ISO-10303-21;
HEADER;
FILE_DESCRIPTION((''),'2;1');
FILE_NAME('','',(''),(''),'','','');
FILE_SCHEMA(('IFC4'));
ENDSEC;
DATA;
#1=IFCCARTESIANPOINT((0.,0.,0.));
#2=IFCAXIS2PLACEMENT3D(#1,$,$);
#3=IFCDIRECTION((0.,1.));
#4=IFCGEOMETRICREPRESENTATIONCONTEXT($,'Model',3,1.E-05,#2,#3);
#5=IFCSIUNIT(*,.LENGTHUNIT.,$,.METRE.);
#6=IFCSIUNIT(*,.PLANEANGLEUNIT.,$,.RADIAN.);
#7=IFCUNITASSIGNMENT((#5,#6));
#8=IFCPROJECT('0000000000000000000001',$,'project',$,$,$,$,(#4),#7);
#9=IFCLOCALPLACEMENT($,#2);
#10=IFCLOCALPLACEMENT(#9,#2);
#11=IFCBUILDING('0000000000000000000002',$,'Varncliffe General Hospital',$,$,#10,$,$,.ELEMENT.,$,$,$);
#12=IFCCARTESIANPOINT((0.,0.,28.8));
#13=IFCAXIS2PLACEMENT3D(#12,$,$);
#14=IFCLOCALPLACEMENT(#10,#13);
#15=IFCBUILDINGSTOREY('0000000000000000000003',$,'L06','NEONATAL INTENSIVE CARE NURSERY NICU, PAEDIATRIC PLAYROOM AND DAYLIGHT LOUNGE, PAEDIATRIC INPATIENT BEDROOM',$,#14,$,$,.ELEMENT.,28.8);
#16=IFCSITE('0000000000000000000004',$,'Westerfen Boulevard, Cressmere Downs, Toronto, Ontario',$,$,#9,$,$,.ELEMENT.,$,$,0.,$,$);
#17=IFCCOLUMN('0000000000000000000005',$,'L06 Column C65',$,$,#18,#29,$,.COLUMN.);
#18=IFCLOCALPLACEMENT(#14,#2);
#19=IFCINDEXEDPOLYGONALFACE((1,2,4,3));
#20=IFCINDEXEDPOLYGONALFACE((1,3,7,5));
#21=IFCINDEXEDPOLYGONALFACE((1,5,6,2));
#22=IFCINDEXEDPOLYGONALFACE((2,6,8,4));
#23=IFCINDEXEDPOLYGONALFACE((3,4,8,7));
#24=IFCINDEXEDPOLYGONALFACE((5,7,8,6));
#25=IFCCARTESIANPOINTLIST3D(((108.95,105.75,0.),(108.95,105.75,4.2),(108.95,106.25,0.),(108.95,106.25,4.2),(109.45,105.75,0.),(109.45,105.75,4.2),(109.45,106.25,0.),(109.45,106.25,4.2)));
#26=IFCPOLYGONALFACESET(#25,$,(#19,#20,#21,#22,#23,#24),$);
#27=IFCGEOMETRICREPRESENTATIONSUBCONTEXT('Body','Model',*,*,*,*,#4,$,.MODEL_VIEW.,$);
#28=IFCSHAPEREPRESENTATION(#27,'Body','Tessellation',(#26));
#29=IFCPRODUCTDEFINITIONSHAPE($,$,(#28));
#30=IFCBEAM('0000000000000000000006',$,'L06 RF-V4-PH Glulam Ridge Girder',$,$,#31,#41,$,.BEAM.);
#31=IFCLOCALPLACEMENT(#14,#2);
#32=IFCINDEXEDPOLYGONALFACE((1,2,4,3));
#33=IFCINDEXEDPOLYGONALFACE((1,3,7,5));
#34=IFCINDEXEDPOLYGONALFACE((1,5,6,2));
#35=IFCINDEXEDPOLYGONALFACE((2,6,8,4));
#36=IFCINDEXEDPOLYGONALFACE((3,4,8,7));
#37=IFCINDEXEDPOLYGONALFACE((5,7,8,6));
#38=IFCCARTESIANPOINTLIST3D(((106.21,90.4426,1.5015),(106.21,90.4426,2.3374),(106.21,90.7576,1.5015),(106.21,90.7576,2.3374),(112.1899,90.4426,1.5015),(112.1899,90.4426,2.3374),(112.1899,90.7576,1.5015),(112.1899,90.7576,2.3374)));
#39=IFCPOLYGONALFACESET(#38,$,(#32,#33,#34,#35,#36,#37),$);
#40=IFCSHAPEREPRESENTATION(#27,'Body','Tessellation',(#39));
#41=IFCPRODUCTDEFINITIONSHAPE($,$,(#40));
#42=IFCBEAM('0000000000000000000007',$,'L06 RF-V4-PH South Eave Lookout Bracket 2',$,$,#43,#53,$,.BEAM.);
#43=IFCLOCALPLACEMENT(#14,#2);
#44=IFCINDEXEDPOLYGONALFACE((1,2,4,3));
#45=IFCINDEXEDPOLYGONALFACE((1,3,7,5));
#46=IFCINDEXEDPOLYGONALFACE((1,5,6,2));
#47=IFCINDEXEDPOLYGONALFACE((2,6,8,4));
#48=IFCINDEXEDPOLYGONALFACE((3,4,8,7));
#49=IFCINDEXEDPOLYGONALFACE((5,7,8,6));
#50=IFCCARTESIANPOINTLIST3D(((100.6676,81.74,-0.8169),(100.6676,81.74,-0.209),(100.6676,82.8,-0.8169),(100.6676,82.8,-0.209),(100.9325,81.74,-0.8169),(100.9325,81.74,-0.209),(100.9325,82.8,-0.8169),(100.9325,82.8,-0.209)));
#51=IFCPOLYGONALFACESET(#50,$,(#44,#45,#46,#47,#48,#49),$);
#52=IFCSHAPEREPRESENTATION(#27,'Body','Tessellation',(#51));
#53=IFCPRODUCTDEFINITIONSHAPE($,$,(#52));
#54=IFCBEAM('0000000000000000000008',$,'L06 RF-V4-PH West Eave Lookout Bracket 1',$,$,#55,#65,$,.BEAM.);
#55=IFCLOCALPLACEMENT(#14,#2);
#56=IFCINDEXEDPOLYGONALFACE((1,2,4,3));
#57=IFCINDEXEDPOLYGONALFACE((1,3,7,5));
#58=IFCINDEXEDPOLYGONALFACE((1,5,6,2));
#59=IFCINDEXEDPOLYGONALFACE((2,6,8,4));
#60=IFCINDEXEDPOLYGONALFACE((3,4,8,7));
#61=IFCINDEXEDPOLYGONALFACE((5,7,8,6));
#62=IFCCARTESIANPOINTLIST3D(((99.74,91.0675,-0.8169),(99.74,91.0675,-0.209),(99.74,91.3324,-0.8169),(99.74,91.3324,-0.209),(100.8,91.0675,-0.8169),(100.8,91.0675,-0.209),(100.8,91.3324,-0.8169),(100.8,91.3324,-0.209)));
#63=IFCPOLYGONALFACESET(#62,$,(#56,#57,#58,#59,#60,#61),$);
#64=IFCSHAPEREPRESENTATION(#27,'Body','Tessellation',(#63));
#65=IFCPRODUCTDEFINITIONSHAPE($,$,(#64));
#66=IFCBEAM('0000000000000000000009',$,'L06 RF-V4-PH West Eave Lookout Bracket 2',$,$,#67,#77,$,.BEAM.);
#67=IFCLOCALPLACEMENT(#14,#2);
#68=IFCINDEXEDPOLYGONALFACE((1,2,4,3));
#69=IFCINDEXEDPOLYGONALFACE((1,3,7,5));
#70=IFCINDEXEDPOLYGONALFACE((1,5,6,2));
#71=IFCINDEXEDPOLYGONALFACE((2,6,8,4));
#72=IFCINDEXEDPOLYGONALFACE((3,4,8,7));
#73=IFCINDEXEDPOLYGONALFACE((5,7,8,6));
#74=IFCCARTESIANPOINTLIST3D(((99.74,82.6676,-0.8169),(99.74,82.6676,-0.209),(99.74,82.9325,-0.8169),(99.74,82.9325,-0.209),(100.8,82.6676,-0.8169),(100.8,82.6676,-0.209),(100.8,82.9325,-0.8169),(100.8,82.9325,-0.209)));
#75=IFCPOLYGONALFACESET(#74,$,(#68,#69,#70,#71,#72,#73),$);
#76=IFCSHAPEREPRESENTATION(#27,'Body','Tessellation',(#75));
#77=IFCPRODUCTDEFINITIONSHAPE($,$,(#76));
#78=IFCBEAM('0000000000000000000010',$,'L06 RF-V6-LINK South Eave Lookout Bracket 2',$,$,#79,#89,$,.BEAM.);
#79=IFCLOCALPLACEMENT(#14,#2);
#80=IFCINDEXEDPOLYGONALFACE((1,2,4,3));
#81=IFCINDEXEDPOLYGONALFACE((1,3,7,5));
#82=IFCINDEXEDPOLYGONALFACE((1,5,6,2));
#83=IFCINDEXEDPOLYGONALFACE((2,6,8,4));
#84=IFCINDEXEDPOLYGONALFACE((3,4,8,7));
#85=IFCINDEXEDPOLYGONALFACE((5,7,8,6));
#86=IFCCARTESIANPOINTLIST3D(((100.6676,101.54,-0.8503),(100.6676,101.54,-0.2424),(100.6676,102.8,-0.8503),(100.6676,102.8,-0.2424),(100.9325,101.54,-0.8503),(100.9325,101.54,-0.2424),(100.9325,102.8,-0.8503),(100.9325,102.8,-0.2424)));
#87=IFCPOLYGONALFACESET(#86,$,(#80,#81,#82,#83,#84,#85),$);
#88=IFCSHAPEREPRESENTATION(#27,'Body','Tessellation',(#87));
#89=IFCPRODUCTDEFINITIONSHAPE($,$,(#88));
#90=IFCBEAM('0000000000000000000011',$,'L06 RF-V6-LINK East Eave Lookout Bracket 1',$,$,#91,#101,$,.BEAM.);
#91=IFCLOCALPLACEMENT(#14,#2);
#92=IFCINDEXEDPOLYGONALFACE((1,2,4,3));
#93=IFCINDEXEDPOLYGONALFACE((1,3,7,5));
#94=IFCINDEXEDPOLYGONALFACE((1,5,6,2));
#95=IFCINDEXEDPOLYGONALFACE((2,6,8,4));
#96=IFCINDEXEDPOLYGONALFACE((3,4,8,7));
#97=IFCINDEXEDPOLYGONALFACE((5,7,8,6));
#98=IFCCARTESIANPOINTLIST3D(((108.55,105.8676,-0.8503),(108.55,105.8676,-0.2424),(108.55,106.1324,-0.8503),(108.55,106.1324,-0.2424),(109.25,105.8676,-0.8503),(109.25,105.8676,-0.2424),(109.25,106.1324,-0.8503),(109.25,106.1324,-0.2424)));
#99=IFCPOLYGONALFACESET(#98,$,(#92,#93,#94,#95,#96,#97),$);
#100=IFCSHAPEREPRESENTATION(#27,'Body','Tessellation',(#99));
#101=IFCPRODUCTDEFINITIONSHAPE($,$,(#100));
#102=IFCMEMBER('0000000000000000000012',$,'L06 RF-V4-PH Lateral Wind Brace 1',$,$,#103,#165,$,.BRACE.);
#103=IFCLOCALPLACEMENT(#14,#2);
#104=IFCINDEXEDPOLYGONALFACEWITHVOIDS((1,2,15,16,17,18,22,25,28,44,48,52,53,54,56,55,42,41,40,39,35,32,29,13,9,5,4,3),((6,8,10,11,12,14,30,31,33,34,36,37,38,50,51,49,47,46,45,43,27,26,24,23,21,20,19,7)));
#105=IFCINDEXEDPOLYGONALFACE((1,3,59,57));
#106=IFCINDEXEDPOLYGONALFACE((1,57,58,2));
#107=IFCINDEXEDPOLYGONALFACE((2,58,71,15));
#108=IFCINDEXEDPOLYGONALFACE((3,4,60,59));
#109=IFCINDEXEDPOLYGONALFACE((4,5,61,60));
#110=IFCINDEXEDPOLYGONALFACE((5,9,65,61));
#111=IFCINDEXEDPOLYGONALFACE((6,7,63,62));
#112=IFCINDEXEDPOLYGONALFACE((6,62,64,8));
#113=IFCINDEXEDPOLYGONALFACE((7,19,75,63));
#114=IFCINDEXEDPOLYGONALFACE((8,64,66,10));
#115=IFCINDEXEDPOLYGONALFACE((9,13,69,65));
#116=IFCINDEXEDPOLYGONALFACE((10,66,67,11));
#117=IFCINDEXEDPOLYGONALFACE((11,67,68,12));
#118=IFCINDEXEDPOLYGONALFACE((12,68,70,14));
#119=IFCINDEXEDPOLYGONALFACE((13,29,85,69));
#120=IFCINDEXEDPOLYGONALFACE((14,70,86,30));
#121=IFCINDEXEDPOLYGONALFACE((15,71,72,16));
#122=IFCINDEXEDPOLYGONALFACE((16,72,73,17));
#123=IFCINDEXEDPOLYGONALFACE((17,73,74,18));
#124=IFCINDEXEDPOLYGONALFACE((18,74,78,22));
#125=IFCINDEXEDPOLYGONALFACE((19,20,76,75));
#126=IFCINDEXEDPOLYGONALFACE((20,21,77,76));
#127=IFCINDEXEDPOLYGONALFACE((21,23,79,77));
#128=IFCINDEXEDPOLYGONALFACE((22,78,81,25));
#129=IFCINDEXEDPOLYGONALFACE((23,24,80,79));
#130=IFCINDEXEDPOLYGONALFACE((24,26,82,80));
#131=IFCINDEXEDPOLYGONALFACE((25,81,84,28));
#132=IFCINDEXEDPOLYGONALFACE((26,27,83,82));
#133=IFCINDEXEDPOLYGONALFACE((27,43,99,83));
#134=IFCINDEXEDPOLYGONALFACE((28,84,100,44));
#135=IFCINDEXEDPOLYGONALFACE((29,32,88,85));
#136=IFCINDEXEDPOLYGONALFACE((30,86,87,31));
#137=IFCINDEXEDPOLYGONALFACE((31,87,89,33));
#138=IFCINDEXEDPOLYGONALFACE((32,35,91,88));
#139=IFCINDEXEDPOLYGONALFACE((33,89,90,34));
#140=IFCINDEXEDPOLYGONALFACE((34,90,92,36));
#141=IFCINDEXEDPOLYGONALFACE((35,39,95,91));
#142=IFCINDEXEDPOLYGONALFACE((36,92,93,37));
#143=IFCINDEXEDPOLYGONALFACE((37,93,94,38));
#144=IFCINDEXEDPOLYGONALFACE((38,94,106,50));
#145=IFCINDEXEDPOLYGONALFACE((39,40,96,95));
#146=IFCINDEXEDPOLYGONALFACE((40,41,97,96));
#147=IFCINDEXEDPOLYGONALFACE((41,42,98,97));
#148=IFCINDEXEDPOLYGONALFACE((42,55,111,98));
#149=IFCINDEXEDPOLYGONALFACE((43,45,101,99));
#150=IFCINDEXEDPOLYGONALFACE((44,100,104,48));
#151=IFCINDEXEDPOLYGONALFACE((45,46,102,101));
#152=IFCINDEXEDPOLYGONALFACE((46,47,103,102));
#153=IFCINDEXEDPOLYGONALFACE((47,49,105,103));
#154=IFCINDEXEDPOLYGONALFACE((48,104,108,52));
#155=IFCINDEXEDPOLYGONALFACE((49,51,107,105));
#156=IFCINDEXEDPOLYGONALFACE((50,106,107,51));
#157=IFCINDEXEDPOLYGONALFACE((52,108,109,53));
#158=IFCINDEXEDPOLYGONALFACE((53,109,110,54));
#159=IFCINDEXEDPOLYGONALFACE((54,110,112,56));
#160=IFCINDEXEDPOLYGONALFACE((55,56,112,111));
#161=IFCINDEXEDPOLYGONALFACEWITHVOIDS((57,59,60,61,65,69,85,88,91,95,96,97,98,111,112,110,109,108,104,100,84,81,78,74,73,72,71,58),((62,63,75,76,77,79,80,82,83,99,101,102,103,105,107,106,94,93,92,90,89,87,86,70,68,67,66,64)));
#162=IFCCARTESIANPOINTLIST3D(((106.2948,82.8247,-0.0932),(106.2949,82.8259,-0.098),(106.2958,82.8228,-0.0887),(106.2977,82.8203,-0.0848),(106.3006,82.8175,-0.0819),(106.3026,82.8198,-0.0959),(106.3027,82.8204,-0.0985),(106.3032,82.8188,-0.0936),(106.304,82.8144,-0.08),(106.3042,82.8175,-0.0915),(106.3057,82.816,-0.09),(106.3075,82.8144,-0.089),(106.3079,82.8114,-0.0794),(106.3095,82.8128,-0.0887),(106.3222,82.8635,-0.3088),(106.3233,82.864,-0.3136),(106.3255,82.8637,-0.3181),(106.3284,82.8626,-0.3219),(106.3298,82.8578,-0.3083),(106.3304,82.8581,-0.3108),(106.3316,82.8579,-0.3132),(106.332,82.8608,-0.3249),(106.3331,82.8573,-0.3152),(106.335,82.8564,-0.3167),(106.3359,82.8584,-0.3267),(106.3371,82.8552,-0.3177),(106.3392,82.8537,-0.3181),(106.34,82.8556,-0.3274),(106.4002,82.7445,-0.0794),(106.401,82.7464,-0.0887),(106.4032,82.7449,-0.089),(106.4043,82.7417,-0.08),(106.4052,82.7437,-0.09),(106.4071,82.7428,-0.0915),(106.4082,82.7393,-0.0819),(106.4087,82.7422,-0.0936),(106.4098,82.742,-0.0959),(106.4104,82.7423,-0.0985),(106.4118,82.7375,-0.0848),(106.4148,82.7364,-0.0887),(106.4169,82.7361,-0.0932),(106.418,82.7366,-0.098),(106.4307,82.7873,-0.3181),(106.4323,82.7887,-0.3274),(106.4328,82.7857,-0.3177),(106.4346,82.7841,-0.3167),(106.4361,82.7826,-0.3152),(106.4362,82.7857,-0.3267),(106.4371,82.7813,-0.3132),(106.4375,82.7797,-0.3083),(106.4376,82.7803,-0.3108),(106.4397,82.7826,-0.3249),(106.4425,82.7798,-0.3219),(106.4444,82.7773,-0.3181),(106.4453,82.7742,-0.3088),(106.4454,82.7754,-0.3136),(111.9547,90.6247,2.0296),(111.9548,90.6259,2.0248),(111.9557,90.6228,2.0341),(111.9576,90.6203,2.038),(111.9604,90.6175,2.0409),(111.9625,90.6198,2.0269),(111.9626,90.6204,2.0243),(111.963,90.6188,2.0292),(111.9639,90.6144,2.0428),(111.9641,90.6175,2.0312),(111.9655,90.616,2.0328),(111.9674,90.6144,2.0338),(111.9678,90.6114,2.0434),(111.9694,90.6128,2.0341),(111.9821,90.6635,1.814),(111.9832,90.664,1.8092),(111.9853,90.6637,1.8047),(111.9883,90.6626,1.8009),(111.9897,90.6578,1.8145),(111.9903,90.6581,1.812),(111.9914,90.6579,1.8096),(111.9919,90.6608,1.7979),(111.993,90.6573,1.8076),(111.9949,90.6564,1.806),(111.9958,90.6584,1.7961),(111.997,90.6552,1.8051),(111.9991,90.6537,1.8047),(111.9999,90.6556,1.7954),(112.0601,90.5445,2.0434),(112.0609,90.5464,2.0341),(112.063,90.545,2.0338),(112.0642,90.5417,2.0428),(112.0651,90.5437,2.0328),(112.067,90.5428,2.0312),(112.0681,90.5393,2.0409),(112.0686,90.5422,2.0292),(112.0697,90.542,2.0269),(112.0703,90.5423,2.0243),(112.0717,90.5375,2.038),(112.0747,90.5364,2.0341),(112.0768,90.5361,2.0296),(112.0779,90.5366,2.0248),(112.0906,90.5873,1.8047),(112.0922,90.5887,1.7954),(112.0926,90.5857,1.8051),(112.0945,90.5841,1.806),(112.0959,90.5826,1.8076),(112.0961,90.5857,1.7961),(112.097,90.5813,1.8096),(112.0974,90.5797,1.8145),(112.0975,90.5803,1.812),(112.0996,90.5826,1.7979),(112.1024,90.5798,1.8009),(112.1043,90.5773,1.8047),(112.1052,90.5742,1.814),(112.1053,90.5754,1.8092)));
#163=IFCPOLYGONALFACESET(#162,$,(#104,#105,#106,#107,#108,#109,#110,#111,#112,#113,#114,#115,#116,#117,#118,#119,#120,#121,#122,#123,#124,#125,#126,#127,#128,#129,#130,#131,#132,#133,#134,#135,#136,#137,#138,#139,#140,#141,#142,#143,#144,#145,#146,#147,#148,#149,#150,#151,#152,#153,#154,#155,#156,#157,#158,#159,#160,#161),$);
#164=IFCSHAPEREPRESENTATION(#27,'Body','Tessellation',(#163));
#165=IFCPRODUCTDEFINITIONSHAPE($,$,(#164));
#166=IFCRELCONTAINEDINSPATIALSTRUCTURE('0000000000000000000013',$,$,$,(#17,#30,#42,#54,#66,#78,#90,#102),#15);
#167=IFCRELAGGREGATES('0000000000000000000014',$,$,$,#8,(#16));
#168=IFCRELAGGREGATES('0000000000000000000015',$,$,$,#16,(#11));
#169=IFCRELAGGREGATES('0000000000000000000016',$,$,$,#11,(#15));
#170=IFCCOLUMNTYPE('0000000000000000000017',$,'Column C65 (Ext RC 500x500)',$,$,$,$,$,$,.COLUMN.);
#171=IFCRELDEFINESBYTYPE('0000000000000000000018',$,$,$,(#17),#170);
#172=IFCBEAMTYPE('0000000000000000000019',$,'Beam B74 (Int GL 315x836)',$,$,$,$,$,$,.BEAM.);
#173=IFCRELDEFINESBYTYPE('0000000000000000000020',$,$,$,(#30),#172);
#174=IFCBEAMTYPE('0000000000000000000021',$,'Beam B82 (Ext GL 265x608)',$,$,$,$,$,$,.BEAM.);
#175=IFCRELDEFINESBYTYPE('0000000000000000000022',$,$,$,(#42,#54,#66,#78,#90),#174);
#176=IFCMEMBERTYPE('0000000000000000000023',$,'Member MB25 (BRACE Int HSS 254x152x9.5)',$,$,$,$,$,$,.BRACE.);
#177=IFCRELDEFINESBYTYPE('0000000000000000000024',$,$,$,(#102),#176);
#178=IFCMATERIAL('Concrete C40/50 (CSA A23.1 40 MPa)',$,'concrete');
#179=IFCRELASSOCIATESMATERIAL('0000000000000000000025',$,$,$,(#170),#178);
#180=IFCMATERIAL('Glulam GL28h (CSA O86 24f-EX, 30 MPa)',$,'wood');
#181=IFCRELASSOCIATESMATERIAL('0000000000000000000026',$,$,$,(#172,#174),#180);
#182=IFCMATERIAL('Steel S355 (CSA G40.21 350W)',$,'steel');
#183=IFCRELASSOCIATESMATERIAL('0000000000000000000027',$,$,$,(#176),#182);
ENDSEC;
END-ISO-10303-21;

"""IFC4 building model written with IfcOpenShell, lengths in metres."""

from ifc_helpers import new_model, si_unit, direction, frame, origin, origin_2d, place, context, subcontext, project, spatial, rectangle, hollow_rectangle, extrude, material, material_profile, profile_set, type_object, element, save


model = new_model("IFC4")

# Units and contexts
model_context = context("Model", 3, precision=1e-05, world=origin(), true_north=direction((0.0, 1.0)))
body_context = subcontext(model_context, "Body", "Model", "MODEL_VIEW")
ifc_project = project(units=[si_unit("LENGTHUNIT", "METRE"), si_unit("PLANEANGLEUNIT", "RADIAN")], contexts=[model_context])

# Site, building, storey
site_placement = place(None, origin())
site = spatial("IfcSite", under=ifc_project, at=site_placement, Name="Westerfen Boulevard, Cressmere Downs, Toronto, Ontario", CompositionType="ELEMENT", RefElevation=0.0)
building_placement = place(site_placement, origin())
building = spatial("IfcBuilding", under=site, at=building_placement, Name="Varncliffe General Hospital", CompositionType="ELEMENT")
storey_placement = place(building_placement, frame((0.0, 0.0, 28.8)))
storey = spatial("IfcBuildingStorey", under=building, at=storey_placement, Name="L06", Description="NEONATAL INTENSIVE CARE NURSERY NICU, PAEDIATRIC PLAYROOM AND DAYLIGHT LOUNGE, PAEDIATRIC INPATIENT BEDROOM", CompositionType="ELEMENT", Elevation=28.8)

# Column
ifc_material_1 = material(Name="Concrete C40/50 (CSA A23.1 40 MPa)", Category="concrete")
ifc_material_profile_1 = material_profile(ifc_material_1, rectangle(XDim=0.5, YDim=0.5, at=origin_2d()), Name="RC 500x500")
ifc_profile_set_1 = profile_set([ifc_material_profile_1], Name="Concrete C40/50 (CSA A23.1 40 MPa)")
column_type = type_object("IfcColumnType", Name="Column C65 (Ext RC 500x500)", PredefinedType="COLUMN", material=ifc_profile_set_1)
column_placement = place(storey_placement, frame((109.2, 106.0, 0.0), z_axis=(0.0, 0.0, 1.0), x_axis=(1.0, 0.0, 0.0)))
element("IfcColumn", 1, at=column_placement, inside=storey, type_object=column_type, Name="L06 Column C65", PredefinedType="COLUMN", context=body_context, shape_type="SweptSolid", body=[
    extrude(rectangle(XDim=0.5, YDim=0.5, at=origin_2d()), origin(), (0.0, 0.0, 1.0), 4.2),
])

# Beams
ifc_material_2 = material(Name="Glulam GL28h (CSA O86 24f-EX, 30 MPa)", Category="wood")
ifc_material_profile_2 = material_profile(ifc_material_2, rectangle(XDim=0.3149, YDim=0.8359, at=origin_2d()), Name="GL 315x836")
ifc_profile_set_2 = profile_set([ifc_material_profile_2], Name="Glulam GL28h (CSA O86 24f-EX, 30 MPa)")
beam_type_1 = type_object("IfcBeamType", Name="Beam B74 (Int GL 315x836)", PredefinedType="BEAM", material=ifc_profile_set_2)
beam_1_placement = place(storey_placement, frame((106.21, 90.6001, 1.9194), z_axis=(1.0, 0.0, 0.0), x_axis=(0.0, 1.0, 0.0)))
element("IfcBeam", 2, at=beam_1_placement, inside=storey, type_object=beam_type_1, Name="L06 RF-V4-PH Glulam Ridge Girder", PredefinedType="BEAM", context=body_context, shape_type="SweptSolid", body=[
    extrude(rectangle(XDim=0.3149, YDim=0.8359, at=origin_2d()), origin(), (0.0, 0.0, 1.0), 5.98),
])
ifc_material_profile_3 = material_profile(ifc_material_2, rectangle(XDim=0.2649, YDim=0.6079, at=origin_2d()), Name="GL 265x608")
ifc_profile_set_3 = profile_set([ifc_material_profile_3], Name="Glulam GL28h (CSA O86 24f-EX, 30 MPa)")
beam_type_2 = type_object("IfcBeamType", Name="Beam B82 (Ext GL 265x608)", PredefinedType="BEAM", material=ifc_profile_set_3)
for number, where, z_axis, x_axis, name in (
    (3, (100.8, 81.74, -0.5129), (0.0, 1.0, 0.0), (-1.0, 0.0, 0.0), "L06 RF-V4-PH South Eave Lookout Bracket 2"),
    (4, (99.74, 91.2, -0.5129), (1.0, 0.0, 0.0), (0.0, 1.0, 0.0), "L06 RF-V4-PH West Eave Lookout Bracket 1"),
    (5, (99.74, 82.8, -0.5129), (1.0, 0.0, 0.0), (0.0, 1.0, 0.0), "L06 RF-V4-PH West Eave Lookout Bracket 2"),
):
    element("IfcBeam", number, at=place(storey_placement, frame(where, z_axis=z_axis, x_axis=x_axis)), inside=storey, type_object=beam_type_2, Name=name, PredefinedType="BEAM", context=body_context, shape_type="SweptSolid", body=[
        extrude(rectangle(XDim=0.2649, YDim=0.6079, at=origin_2d()), origin(), (0.0, 0.0, 1.0), 1.0601),
    ])
beam_2_placement = place(storey_placement, frame((100.8, 101.54, -0.5464), z_axis=(0.0, 1.0, 0.0), x_axis=(-1.0, 0.0, 0.0)))
element("IfcBeam", 6, at=beam_2_placement, inside=storey, type_object=beam_type_2, Name="L06 RF-V6-LINK South Eave Lookout Bracket 2", PredefinedType="BEAM", context=body_context, shape_type="SweptSolid", body=[
    extrude(rectangle(XDim=0.2649, YDim=0.6079, at=origin_2d()), origin(), (0.0, 0.0, 1.0), 1.26),
])
beam_3_placement = place(storey_placement, frame((108.55, 106.0, -0.5464), z_axis=(1.0, 0.0, 0.0), x_axis=(0.0, 1.0, 0.0)))
element("IfcBeam", 7, at=beam_3_placement, inside=storey, type_object=beam_type_2, Name="L06 RF-V6-LINK East Eave Lookout Bracket 1", PredefinedType="BEAM", context=body_context, shape_type="SweptSolid", body=[
    extrude(rectangle(XDim=0.2649, YDim=0.6079, at=origin_2d()), origin(), (0.0, 0.0, 1.0), 0.7),
])

# Member
ifc_material_3 = material(Name="Steel S355 (CSA G40.21 350W)", Category="steel")
ifc_material_profile_4 = material_profile(ifc_material_3, hollow_rectangle(XDim=0.1521, YDim=0.2539, WallThickness=0.0095, InnerFilletRadius=0.01, OuterFilletRadius=0.019, at=origin_2d()), Name="HSS 254x152x9.5")
ifc_profile_set_4 = profile_set([ifc_material_profile_4], Name="Steel S355 (CSA G40.21 350W)")
member_type_1 = type_object("IfcMemberType", Name="Member MB25 (BRACE Int HSS 254x152x9.5)", PredefinedType="BRACE", material=ifc_profile_set_4)
member_1_placement = place(storey_placement, frame((106.3701, 82.8, -0.2034), z_axis=(0.57355, 0.790421, 0.215115), x_axis=(-0.80937, 0.587299, 0.0)))
element("IfcMember", 8, at=member_1_placement, inside=storey, type_object=member_type_1, Name="L06 RF-V4-PH Lateral Wind Brace 1", PredefinedType="BRACE", context=body_context, shape_type="SweptSolid", body=[
    extrude(hollow_rectangle(XDim=0.1521, YDim=0.2539, WallThickness=0.0095, InnerFilletRadius=0.01, OuterFilletRadius=0.019, at=origin_2d()), origin(), (0.0, 0.0, 1.0), 9.8682),
])

save(model, "model.ifc")
